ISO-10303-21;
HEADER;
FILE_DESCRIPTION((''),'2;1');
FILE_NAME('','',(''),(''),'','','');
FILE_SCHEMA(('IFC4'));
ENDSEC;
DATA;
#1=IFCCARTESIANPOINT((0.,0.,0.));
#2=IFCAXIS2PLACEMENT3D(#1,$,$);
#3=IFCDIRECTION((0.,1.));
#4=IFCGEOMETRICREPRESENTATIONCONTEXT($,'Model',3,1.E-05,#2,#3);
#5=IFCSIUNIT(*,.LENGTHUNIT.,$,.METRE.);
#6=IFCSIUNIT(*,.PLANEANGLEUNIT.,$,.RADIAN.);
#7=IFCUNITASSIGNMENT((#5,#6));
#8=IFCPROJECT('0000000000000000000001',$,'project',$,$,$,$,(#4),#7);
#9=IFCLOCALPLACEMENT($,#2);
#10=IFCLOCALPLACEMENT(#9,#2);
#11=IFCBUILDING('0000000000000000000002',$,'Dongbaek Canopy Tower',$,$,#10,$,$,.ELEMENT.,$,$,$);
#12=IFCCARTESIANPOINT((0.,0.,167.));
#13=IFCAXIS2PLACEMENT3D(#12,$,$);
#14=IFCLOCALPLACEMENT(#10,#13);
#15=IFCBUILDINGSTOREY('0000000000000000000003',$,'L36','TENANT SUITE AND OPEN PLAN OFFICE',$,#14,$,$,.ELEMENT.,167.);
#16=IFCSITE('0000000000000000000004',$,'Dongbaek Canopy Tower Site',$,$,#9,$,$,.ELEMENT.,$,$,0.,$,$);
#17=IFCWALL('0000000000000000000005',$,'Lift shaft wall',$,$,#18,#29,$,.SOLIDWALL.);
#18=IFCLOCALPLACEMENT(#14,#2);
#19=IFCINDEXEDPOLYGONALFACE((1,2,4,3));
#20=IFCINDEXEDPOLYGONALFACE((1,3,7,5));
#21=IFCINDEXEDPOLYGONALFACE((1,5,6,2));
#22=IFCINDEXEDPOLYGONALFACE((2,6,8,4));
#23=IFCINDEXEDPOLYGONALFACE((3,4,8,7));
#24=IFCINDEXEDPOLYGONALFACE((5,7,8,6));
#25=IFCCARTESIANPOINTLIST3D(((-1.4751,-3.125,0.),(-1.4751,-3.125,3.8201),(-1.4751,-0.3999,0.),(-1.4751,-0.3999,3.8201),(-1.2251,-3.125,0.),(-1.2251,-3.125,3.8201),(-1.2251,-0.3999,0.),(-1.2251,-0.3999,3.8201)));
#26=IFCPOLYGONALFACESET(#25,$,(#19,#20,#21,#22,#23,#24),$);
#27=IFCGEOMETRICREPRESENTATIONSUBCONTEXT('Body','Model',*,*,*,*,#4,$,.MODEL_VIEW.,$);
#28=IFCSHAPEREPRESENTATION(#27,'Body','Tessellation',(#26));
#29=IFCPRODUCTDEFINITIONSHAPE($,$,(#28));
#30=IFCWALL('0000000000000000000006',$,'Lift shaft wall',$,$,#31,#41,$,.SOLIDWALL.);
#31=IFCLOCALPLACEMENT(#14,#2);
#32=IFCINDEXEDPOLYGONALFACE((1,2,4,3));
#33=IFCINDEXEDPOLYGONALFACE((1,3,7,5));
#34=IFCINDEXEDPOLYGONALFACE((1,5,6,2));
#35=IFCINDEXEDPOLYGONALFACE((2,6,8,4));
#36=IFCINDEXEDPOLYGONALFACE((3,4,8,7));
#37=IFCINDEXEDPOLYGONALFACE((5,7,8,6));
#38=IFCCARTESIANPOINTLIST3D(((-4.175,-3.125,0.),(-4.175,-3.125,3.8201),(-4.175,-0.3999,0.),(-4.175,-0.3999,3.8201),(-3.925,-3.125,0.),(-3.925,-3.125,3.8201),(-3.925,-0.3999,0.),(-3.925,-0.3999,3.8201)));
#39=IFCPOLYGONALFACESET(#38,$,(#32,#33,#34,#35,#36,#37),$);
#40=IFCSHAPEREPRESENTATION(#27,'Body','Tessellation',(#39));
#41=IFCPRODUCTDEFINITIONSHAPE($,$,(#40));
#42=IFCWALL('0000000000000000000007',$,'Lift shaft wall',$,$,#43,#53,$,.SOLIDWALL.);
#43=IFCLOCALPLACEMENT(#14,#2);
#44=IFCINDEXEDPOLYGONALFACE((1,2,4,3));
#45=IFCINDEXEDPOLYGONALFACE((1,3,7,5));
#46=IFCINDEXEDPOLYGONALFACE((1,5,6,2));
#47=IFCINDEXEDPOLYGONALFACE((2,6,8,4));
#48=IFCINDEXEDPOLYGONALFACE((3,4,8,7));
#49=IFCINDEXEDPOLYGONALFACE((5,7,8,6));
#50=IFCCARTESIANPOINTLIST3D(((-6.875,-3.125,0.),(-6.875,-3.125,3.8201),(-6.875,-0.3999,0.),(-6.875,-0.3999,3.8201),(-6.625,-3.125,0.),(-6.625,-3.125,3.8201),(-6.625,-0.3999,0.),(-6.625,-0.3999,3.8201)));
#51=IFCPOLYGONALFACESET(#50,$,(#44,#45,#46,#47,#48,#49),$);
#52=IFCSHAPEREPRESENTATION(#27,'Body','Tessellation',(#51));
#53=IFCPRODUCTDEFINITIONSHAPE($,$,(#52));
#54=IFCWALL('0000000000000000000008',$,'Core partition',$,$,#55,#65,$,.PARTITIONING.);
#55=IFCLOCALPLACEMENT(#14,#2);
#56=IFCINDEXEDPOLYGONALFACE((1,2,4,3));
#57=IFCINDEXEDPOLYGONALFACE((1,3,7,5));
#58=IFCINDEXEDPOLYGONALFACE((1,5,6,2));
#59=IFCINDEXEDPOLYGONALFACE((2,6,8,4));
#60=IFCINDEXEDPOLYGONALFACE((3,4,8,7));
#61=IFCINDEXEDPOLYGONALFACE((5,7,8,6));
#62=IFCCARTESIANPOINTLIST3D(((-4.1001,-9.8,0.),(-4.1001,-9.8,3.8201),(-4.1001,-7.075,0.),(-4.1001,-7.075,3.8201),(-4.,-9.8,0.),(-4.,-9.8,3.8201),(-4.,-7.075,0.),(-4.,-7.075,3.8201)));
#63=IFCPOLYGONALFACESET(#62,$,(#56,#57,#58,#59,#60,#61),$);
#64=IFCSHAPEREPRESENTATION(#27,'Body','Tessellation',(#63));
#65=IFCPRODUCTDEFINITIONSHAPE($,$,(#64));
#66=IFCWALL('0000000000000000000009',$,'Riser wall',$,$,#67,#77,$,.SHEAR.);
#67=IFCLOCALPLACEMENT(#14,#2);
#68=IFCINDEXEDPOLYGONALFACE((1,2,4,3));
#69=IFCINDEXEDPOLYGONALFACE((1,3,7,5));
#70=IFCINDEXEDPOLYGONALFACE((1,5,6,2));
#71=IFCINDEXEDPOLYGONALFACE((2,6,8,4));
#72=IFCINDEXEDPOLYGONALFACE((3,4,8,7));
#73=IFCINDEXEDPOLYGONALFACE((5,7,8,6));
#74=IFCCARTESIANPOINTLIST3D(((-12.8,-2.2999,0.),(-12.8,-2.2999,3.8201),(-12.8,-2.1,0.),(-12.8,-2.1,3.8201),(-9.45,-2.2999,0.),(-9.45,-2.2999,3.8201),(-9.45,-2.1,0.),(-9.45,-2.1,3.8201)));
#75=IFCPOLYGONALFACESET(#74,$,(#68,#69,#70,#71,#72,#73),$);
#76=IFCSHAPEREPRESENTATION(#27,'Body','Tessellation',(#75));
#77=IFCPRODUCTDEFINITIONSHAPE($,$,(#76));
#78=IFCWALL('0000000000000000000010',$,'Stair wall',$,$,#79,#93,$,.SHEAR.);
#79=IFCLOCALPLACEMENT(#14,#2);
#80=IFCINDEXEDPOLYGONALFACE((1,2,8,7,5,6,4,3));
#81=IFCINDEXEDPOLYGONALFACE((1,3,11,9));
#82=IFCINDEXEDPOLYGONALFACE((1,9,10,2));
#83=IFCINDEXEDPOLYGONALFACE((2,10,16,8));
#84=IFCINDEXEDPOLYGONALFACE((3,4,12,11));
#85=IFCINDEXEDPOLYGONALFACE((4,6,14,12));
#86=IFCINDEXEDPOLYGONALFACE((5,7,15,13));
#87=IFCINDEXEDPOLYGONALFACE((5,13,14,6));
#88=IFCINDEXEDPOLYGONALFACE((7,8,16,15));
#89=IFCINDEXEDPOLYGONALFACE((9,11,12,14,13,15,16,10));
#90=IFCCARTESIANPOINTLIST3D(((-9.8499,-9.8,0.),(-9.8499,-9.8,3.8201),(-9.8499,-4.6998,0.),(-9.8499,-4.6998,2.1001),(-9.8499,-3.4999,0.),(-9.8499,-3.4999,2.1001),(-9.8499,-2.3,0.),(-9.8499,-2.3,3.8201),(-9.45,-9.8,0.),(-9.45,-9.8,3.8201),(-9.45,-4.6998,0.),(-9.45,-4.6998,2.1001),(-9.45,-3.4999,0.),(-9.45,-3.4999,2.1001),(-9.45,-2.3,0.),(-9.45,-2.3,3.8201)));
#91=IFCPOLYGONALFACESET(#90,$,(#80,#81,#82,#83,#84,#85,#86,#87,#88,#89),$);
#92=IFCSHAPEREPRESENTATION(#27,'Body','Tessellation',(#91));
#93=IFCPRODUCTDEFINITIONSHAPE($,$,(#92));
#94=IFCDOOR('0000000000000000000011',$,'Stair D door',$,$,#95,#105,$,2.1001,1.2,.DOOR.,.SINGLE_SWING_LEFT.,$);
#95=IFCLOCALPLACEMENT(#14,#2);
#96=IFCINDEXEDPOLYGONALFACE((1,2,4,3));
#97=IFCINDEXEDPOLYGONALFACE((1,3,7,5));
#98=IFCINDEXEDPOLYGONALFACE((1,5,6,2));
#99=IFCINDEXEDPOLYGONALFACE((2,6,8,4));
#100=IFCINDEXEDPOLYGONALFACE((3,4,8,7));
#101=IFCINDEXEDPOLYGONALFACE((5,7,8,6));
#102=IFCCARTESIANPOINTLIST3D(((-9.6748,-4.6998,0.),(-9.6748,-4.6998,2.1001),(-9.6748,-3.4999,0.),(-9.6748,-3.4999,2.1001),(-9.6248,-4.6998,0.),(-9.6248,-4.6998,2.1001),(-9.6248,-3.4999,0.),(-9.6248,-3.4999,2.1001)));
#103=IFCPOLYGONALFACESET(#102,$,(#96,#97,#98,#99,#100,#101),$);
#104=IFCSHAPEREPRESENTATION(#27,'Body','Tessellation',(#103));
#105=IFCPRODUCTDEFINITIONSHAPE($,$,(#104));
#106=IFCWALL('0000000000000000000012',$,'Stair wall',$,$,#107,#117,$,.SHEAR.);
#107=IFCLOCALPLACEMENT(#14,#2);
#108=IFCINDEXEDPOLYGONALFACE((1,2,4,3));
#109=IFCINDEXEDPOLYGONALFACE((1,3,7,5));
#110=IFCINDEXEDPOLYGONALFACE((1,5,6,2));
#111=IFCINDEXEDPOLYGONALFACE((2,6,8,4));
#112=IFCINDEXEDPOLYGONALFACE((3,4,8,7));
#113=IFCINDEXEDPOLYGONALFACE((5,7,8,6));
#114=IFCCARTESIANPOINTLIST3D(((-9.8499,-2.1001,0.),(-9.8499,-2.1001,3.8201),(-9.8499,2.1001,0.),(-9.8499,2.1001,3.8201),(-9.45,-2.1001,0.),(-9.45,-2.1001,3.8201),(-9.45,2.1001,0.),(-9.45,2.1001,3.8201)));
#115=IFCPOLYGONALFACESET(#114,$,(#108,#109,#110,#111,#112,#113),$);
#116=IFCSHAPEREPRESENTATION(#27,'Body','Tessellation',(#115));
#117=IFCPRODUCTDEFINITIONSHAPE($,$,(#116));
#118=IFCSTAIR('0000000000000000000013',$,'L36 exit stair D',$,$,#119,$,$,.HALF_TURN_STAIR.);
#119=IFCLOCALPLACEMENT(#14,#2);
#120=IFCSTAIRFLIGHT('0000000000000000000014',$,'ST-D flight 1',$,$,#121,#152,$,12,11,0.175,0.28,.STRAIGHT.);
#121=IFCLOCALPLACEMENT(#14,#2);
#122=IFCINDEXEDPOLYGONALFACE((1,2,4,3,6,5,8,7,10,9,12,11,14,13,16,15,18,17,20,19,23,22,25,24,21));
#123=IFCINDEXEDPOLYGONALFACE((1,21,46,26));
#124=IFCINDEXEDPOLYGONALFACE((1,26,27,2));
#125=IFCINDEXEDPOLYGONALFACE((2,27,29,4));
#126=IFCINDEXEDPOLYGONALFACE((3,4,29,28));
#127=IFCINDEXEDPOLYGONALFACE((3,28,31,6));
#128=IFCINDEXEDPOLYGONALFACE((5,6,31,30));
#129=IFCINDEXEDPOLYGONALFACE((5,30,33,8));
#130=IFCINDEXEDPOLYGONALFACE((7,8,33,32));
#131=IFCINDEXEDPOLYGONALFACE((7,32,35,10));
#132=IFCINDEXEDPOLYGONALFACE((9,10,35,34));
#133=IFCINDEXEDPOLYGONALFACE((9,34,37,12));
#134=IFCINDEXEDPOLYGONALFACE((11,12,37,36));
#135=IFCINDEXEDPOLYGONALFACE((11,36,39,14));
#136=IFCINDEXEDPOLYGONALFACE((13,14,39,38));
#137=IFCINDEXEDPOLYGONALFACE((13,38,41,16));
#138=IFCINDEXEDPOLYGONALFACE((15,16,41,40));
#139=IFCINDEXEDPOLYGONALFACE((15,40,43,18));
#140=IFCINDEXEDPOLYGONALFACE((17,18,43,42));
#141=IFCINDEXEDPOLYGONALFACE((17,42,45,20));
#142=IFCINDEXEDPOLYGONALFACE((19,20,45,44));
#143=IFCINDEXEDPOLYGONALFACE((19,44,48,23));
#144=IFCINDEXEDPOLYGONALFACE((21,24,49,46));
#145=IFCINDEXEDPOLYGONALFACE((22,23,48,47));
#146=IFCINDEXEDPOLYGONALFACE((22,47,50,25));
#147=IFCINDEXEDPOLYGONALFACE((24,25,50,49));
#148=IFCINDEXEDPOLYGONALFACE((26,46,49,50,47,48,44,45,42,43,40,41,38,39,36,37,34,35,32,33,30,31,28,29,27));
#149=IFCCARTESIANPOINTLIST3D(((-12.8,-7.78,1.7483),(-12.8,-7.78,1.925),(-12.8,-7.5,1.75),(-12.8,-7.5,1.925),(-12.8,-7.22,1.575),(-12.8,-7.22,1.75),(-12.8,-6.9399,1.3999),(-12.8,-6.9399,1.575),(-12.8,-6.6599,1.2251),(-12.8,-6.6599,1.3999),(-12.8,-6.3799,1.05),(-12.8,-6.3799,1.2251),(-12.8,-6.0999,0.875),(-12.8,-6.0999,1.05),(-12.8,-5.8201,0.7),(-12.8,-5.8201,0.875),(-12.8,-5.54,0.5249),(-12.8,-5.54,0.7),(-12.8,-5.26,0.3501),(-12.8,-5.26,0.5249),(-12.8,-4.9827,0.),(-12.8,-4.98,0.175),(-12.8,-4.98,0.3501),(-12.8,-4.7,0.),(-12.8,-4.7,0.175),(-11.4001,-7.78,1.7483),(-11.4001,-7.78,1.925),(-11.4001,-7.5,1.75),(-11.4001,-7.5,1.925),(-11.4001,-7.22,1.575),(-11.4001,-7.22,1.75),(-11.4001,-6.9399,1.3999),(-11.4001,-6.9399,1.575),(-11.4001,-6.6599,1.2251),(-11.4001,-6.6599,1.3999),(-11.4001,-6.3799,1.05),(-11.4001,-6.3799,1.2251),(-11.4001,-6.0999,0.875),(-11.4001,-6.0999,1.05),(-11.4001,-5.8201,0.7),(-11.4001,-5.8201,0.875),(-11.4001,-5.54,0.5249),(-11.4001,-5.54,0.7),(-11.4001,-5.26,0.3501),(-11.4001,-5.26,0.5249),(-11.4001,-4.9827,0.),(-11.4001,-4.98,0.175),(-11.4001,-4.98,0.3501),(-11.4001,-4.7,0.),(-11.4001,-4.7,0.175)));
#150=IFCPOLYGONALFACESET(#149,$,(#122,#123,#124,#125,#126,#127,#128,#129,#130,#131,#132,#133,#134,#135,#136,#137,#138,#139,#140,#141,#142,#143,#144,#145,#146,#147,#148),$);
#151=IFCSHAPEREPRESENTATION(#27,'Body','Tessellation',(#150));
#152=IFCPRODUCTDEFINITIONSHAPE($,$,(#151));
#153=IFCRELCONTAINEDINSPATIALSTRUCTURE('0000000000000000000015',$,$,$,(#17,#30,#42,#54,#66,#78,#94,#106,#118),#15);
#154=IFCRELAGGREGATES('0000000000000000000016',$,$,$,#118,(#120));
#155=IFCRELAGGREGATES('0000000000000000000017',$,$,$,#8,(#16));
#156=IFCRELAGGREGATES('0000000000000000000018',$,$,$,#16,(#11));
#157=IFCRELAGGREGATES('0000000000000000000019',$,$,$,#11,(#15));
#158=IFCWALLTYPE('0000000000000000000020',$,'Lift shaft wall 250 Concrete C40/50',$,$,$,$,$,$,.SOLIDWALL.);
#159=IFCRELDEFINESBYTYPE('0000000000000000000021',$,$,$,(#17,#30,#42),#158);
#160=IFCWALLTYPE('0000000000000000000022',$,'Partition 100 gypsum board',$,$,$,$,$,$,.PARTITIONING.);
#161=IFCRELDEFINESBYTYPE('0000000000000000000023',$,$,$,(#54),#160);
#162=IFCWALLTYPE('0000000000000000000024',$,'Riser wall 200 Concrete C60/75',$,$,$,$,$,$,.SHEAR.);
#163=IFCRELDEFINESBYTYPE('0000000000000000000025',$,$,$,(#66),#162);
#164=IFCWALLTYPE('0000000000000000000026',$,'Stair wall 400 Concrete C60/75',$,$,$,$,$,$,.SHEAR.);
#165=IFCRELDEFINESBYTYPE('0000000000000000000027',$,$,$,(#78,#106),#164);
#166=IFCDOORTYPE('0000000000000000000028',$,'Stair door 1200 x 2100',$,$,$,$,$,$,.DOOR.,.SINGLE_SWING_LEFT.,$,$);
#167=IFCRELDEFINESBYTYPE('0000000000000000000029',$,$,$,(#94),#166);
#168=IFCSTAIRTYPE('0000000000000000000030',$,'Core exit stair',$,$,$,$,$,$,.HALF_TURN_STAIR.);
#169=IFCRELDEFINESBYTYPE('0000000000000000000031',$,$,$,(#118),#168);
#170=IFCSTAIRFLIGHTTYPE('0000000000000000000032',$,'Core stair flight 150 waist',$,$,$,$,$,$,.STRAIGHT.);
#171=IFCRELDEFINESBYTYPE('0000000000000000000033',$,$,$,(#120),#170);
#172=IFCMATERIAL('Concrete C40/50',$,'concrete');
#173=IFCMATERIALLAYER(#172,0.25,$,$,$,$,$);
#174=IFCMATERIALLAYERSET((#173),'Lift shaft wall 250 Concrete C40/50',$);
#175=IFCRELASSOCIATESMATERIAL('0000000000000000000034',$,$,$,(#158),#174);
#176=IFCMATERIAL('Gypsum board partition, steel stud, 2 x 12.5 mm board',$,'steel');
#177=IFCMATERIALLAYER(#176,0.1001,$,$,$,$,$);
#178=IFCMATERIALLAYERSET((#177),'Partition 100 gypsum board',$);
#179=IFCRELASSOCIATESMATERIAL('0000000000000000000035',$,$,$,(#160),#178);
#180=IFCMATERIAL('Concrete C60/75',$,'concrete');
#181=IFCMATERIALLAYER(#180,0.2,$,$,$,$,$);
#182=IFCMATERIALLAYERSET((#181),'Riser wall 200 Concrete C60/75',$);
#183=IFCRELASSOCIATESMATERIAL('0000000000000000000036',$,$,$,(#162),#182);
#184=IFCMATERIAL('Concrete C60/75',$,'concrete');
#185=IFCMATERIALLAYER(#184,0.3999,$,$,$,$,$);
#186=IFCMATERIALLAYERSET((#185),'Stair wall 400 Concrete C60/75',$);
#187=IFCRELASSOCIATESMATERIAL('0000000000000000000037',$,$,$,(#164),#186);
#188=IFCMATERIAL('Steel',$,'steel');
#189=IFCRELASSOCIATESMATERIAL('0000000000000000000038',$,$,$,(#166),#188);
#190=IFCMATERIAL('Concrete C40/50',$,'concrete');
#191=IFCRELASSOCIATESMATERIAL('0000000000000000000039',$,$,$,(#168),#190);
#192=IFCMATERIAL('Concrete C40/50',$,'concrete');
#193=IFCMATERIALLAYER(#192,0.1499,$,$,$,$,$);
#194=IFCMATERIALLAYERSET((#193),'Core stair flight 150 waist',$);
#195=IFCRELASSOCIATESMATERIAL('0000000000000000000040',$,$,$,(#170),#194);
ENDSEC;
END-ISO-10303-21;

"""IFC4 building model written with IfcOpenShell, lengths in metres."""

from ifc_helpers import new_model, si_unit, direction, frame, frame_2d, origin, place, context, subcontext, project, spatial, polyline, rectangle, outline, extrude, material, layer, layer_set, type_object, element, fill, aggregate, save


model = new_model("IFC4")

# Units and contexts
model_context = context("Model", 3, precision=1e-05, world=origin(), true_north=direction((0.0, 1.0)))
body_context = subcontext(model_context, "Body", "Model", "MODEL_VIEW")
ifc_project = project(units=[si_unit("LENGTHUNIT", "METRE"), si_unit("PLANEANGLEUNIT", "RADIAN")], contexts=[model_context])

# Site, building, storey
site_placement = place(None, origin())
site = spatial("IfcSite", under=ifc_project, at=site_placement, Name="Dongbaek Canopy Tower Site", CompositionType="ELEMENT", RefElevation=0.0)
building_placement = place(site_placement, origin())
building = spatial("IfcBuilding", under=site, at=building_placement, Name="Dongbaek Canopy Tower", CompositionType="ELEMENT")
storey_placement = place(building_placement, frame((0.0, 0.0, 167.0)))
storey = spatial("IfcBuildingStorey", under=building, at=storey_placement, Name="L36", Description="TENANT SUITE AND OPEN PLAN OFFICE", CompositionType="ELEMENT", Elevation=167.0)

# Walls
ifc_material_1 = material(Name="Concrete C40/50", Category="concrete")
ifc_layer_1 = layer(ifc_material_1, 0.25)
ifc_layer_set_1 = layer_set([ifc_layer_1], Name="Lift shaft wall 250 Concrete C40/50")
wall_type_1 = type_object("IfcWallType", Name="Lift shaft wall 250 Concrete C40/50", PredefinedType="SOLIDWALL", material=ifc_layer_set_1)
for number, where, z_axis, x_axis, name in (
    (1, (-1.3501, -3.125, 0.0), (0.0, 0.0, 1.0), (0.0, 1.0, 0.0), "Lift shaft wall"),
    (2, (-4.05, -3.125, 0.0), (0.0, 0.0, 1.0), (0.0, 1.0, 0.0), "Lift shaft wall"),
    (3, (-6.75, -3.125, 0.0), (0.0, 0.0, 1.0), (0.0, 1.0, 0.0), "Lift shaft wall"),
):
    element("IfcWall", number, at=place(storey_placement, frame(where, z_axis=z_axis, x_axis=x_axis)), inside=storey, type_object=wall_type_1, Name=name, PredefinedType="SOLIDWALL", context=body_context, shape_type="SweptSolid", body=[
        extrude(rectangle(XDim=2.7251, YDim=0.25, at=frame_2d((1.3625, 0.0))), origin(), (0.0, 0.0, 1.0), 3.8201),
    ])
ifc_material_2 = material(Name="Gypsum board partition, steel stud, 2 x 12.5 mm board", Category="steel")
ifc_layer_2 = layer(ifc_material_2, 0.1001)
ifc_layer_set_2 = layer_set([ifc_layer_2], Name="Partition 100 gypsum board")
wall_type_2 = type_object("IfcWallType", Name="Partition 100 gypsum board", PredefinedType="PARTITIONING", material=ifc_layer_set_2)
wall_1_placement = place(storey_placement, frame((-4.05, -9.8, 0.0), z_axis=(0.0, 0.0, 1.0), x_axis=(0.0, 1.0, 0.0)))
element("IfcWall", 4, at=wall_1_placement, inside=storey, type_object=wall_type_2, Name="Core partition", PredefinedType="PARTITIONING", context=body_context, shape_type="SweptSolid", body=[
    extrude(rectangle(XDim=2.7251, YDim=0.1001, at=frame_2d((1.3625, 0.0))), origin(), (0.0, 0.0, 1.0), 3.8201),
])
ifc_material_3 = material(Name="Concrete C60/75", Category="concrete")
ifc_layer_3 = layer(ifc_material_3, 0.2)
ifc_layer_set_3 = layer_set([ifc_layer_3], Name="Riser wall 200 Concrete C60/75")
wall_type_3 = type_object("IfcWallType", Name="Riser wall 200 Concrete C60/75", PredefinedType="SHEAR", material=ifc_layer_set_3)
wall_2_placement = place(storey_placement, frame((-9.45, -2.2, 0.0), z_axis=(0.0, 0.0, 1.0), x_axis=(-1.0, 0.0, 0.0)))
element("IfcWall", 5, at=wall_2_placement, inside=storey, type_object=wall_type_3, Name="Riser wall", PredefinedType="SHEAR", context=body_context, shape_type="SweptSolid", body=[
    extrude(rectangle(XDim=3.3501, YDim=0.2, at=frame_2d((1.675, 0.0))), origin(), (0.0, 0.0, 1.0), 3.8201),
])

# Wall, opening, door
ifc_material_4 = material(Name="Concrete C60/75", Category="concrete")
ifc_layer_4 = layer(ifc_material_4, 0.3999)
ifc_layer_set_4 = layer_set([ifc_layer_4], Name="Stair wall 400 Concrete C60/75")
wall_type_4 = type_object("IfcWallType", Name="Stair wall 400 Concrete C60/75", PredefinedType="SHEAR", material=ifc_layer_set_4)
wall_3_placement = place(storey_placement, frame((-9.6499, -9.8, 0.0), z_axis=(0.0, 0.0, 1.0), x_axis=(0.0, 1.0, 0.0)))
wall_3 = element("IfcWall", 6, at=wall_3_placement, inside=storey, type_object=wall_type_4, Name="Stair wall", PredefinedType="SHEAR", context=body_context, shape_type="SweptSolid", body=[
    extrude(rectangle(XDim=7.5, YDim=0.3999, at=frame_2d((3.75, 0.0))), origin(), (0.0, 0.0, 1.0), 3.8201),
])
opening_1_placement = place(wall_3_placement, frame((5.1001, 0.0, 0.0)))
opening_1 = element("IfcOpeningElement", 7, at=opening_1_placement, cuts=wall_3, PredefinedType="OPENING", context=body_context, shape_type="SweptSolid", body=[
    extrude(rectangle(XDim=1.2, YDim=2.1001, at=frame_2d((0.6001, 1.05))), frame((0.0, 0.21, 0.0), z_axis=(0.0, -1.0, 0.0), x_axis=(1.0, 0.0, 0.0)), (0.0, 0.0, 1.0), 0.4199),
])
ifc_material_5 = material(Name="Steel", Category="steel")
door_type_1 = type_object("IfcDoorType", Name="Stair door 1200 x 2100", OperationType="SINGLE_SWING_LEFT", PredefinedType="DOOR", material=ifc_material_5)
door_1_placement = place(opening_1_placement, origin())
door_1 = element("IfcDoor", 8, at=door_1_placement, inside=storey, type_object=door_type_1, Name="Stair D door", OperationType="SINGLE_SWING_LEFT", OverallHeight=2.1001, OverallWidth=1.2, PredefinedType="DOOR", context=body_context, shape_type="SweptSolid", body=[
    extrude(rectangle(XDim=1.2, YDim=2.1001, at=frame_2d((0.6001, 1.05))), frame((0.0, 0.0249, 0.0), z_axis=(0.0, -1.0, 0.0), x_axis=(1.0, 0.0, 0.0)), (0.0, 0.0, 1.0), 0.05),
])
fill(opening_1, door_1)

# Wall
wall_4_placement = place(storey_placement, frame((-9.6499, -2.1001, 0.0), z_axis=(0.0, 0.0, 1.0), x_axis=(0.0, 1.0, 0.0)))
element("IfcWall", 9, at=wall_4_placement, inside=storey, type_object=wall_type_4, Name="Stair wall", PredefinedType="SHEAR", context=body_context, shape_type="SweptSolid", body=[
    extrude(rectangle(XDim=4.2002, YDim=0.3999, at=frame_2d((2.1001, 0.0))), origin(), (0.0, 0.0, 1.0), 3.8201),
])

# Stair, stair flight
ifc_material_6 = material(Name="Concrete C40/50", Category="concrete")
stair_type = type_object("IfcStairType", Name="Core exit stair", PredefinedType="HALF_TURN_STAIR", material=ifc_material_6)
stair_placement = place(storey_placement, origin())
stair = element("IfcStair", 10, at=stair_placement, inside=storey, type_object=stair_type, Name="L36 exit stair D", PredefinedType="HALF_TURN_STAIR")
ifc_material_7 = material(Name="Concrete C40/50", Category="concrete")
ifc_layer_5 = layer(ifc_material_7, 0.1499)
ifc_layer_set_5 = layer_set([ifc_layer_5], Name="Core stair flight 150 waist")
stair_flight_type = type_object("IfcStairFlightType", Name="Core stair flight 150 waist", PredefinedType="STRAIGHT", material=ifc_layer_set_5)
stair_flight_1_placement = place(storey_placement, frame((-12.1001, -4.7, 0.0), z_axis=(0.0, 0.0, 1.0), x_axis=(0.0, -1.0, 0.0)))
stair_flight_1 = element("IfcStairFlight", 11, at=stair_flight_1_placement, type_object=stair_flight_type, Name="ST-D flight 1", NumberOfRisers=12, NumberOfTreads=11, PredefinedType="STRAIGHT", RiserHeight=0.175, TreadLength=0.28, context=body_context, shape_type="SweptSolid", body=[
    extrude(outline(polyline([(0.0, 0.0), (0.0, 0.175), (0.28, 0.175), (0.28, 0.3501), (0.5601, 0.3501), (0.5601, 0.5249), (0.8401, 0.5249), (0.8401, 0.7), (1.1201, 0.7), (1.1201, 0.875), (1.3999, 0.875), (1.3999, 1.05), (1.6799, 1.05), (1.6799, 1.2251), (1.96, 1.2251), (1.96, 1.3999), (2.24, 1.3999), (2.24, 1.575), (2.52, 1.575), (2.52, 1.75), (2.8, 1.75), (2.8, 1.925), (3.0801, 1.925), (3.0801, 2.1001), (3.0801, 1.7483), (0.2827, 0.0), (0.0, 0.0)])), frame((0.0, 0.7, 0.0), z_axis=(0.0, -1.0, 0.0), x_axis=(1.0, 0.0, 0.0)), (0.0, 0.0, 1.0), 1.3999),
])
aggregate(stair, [stair_flight_1])

save(model, "model.ifc")
